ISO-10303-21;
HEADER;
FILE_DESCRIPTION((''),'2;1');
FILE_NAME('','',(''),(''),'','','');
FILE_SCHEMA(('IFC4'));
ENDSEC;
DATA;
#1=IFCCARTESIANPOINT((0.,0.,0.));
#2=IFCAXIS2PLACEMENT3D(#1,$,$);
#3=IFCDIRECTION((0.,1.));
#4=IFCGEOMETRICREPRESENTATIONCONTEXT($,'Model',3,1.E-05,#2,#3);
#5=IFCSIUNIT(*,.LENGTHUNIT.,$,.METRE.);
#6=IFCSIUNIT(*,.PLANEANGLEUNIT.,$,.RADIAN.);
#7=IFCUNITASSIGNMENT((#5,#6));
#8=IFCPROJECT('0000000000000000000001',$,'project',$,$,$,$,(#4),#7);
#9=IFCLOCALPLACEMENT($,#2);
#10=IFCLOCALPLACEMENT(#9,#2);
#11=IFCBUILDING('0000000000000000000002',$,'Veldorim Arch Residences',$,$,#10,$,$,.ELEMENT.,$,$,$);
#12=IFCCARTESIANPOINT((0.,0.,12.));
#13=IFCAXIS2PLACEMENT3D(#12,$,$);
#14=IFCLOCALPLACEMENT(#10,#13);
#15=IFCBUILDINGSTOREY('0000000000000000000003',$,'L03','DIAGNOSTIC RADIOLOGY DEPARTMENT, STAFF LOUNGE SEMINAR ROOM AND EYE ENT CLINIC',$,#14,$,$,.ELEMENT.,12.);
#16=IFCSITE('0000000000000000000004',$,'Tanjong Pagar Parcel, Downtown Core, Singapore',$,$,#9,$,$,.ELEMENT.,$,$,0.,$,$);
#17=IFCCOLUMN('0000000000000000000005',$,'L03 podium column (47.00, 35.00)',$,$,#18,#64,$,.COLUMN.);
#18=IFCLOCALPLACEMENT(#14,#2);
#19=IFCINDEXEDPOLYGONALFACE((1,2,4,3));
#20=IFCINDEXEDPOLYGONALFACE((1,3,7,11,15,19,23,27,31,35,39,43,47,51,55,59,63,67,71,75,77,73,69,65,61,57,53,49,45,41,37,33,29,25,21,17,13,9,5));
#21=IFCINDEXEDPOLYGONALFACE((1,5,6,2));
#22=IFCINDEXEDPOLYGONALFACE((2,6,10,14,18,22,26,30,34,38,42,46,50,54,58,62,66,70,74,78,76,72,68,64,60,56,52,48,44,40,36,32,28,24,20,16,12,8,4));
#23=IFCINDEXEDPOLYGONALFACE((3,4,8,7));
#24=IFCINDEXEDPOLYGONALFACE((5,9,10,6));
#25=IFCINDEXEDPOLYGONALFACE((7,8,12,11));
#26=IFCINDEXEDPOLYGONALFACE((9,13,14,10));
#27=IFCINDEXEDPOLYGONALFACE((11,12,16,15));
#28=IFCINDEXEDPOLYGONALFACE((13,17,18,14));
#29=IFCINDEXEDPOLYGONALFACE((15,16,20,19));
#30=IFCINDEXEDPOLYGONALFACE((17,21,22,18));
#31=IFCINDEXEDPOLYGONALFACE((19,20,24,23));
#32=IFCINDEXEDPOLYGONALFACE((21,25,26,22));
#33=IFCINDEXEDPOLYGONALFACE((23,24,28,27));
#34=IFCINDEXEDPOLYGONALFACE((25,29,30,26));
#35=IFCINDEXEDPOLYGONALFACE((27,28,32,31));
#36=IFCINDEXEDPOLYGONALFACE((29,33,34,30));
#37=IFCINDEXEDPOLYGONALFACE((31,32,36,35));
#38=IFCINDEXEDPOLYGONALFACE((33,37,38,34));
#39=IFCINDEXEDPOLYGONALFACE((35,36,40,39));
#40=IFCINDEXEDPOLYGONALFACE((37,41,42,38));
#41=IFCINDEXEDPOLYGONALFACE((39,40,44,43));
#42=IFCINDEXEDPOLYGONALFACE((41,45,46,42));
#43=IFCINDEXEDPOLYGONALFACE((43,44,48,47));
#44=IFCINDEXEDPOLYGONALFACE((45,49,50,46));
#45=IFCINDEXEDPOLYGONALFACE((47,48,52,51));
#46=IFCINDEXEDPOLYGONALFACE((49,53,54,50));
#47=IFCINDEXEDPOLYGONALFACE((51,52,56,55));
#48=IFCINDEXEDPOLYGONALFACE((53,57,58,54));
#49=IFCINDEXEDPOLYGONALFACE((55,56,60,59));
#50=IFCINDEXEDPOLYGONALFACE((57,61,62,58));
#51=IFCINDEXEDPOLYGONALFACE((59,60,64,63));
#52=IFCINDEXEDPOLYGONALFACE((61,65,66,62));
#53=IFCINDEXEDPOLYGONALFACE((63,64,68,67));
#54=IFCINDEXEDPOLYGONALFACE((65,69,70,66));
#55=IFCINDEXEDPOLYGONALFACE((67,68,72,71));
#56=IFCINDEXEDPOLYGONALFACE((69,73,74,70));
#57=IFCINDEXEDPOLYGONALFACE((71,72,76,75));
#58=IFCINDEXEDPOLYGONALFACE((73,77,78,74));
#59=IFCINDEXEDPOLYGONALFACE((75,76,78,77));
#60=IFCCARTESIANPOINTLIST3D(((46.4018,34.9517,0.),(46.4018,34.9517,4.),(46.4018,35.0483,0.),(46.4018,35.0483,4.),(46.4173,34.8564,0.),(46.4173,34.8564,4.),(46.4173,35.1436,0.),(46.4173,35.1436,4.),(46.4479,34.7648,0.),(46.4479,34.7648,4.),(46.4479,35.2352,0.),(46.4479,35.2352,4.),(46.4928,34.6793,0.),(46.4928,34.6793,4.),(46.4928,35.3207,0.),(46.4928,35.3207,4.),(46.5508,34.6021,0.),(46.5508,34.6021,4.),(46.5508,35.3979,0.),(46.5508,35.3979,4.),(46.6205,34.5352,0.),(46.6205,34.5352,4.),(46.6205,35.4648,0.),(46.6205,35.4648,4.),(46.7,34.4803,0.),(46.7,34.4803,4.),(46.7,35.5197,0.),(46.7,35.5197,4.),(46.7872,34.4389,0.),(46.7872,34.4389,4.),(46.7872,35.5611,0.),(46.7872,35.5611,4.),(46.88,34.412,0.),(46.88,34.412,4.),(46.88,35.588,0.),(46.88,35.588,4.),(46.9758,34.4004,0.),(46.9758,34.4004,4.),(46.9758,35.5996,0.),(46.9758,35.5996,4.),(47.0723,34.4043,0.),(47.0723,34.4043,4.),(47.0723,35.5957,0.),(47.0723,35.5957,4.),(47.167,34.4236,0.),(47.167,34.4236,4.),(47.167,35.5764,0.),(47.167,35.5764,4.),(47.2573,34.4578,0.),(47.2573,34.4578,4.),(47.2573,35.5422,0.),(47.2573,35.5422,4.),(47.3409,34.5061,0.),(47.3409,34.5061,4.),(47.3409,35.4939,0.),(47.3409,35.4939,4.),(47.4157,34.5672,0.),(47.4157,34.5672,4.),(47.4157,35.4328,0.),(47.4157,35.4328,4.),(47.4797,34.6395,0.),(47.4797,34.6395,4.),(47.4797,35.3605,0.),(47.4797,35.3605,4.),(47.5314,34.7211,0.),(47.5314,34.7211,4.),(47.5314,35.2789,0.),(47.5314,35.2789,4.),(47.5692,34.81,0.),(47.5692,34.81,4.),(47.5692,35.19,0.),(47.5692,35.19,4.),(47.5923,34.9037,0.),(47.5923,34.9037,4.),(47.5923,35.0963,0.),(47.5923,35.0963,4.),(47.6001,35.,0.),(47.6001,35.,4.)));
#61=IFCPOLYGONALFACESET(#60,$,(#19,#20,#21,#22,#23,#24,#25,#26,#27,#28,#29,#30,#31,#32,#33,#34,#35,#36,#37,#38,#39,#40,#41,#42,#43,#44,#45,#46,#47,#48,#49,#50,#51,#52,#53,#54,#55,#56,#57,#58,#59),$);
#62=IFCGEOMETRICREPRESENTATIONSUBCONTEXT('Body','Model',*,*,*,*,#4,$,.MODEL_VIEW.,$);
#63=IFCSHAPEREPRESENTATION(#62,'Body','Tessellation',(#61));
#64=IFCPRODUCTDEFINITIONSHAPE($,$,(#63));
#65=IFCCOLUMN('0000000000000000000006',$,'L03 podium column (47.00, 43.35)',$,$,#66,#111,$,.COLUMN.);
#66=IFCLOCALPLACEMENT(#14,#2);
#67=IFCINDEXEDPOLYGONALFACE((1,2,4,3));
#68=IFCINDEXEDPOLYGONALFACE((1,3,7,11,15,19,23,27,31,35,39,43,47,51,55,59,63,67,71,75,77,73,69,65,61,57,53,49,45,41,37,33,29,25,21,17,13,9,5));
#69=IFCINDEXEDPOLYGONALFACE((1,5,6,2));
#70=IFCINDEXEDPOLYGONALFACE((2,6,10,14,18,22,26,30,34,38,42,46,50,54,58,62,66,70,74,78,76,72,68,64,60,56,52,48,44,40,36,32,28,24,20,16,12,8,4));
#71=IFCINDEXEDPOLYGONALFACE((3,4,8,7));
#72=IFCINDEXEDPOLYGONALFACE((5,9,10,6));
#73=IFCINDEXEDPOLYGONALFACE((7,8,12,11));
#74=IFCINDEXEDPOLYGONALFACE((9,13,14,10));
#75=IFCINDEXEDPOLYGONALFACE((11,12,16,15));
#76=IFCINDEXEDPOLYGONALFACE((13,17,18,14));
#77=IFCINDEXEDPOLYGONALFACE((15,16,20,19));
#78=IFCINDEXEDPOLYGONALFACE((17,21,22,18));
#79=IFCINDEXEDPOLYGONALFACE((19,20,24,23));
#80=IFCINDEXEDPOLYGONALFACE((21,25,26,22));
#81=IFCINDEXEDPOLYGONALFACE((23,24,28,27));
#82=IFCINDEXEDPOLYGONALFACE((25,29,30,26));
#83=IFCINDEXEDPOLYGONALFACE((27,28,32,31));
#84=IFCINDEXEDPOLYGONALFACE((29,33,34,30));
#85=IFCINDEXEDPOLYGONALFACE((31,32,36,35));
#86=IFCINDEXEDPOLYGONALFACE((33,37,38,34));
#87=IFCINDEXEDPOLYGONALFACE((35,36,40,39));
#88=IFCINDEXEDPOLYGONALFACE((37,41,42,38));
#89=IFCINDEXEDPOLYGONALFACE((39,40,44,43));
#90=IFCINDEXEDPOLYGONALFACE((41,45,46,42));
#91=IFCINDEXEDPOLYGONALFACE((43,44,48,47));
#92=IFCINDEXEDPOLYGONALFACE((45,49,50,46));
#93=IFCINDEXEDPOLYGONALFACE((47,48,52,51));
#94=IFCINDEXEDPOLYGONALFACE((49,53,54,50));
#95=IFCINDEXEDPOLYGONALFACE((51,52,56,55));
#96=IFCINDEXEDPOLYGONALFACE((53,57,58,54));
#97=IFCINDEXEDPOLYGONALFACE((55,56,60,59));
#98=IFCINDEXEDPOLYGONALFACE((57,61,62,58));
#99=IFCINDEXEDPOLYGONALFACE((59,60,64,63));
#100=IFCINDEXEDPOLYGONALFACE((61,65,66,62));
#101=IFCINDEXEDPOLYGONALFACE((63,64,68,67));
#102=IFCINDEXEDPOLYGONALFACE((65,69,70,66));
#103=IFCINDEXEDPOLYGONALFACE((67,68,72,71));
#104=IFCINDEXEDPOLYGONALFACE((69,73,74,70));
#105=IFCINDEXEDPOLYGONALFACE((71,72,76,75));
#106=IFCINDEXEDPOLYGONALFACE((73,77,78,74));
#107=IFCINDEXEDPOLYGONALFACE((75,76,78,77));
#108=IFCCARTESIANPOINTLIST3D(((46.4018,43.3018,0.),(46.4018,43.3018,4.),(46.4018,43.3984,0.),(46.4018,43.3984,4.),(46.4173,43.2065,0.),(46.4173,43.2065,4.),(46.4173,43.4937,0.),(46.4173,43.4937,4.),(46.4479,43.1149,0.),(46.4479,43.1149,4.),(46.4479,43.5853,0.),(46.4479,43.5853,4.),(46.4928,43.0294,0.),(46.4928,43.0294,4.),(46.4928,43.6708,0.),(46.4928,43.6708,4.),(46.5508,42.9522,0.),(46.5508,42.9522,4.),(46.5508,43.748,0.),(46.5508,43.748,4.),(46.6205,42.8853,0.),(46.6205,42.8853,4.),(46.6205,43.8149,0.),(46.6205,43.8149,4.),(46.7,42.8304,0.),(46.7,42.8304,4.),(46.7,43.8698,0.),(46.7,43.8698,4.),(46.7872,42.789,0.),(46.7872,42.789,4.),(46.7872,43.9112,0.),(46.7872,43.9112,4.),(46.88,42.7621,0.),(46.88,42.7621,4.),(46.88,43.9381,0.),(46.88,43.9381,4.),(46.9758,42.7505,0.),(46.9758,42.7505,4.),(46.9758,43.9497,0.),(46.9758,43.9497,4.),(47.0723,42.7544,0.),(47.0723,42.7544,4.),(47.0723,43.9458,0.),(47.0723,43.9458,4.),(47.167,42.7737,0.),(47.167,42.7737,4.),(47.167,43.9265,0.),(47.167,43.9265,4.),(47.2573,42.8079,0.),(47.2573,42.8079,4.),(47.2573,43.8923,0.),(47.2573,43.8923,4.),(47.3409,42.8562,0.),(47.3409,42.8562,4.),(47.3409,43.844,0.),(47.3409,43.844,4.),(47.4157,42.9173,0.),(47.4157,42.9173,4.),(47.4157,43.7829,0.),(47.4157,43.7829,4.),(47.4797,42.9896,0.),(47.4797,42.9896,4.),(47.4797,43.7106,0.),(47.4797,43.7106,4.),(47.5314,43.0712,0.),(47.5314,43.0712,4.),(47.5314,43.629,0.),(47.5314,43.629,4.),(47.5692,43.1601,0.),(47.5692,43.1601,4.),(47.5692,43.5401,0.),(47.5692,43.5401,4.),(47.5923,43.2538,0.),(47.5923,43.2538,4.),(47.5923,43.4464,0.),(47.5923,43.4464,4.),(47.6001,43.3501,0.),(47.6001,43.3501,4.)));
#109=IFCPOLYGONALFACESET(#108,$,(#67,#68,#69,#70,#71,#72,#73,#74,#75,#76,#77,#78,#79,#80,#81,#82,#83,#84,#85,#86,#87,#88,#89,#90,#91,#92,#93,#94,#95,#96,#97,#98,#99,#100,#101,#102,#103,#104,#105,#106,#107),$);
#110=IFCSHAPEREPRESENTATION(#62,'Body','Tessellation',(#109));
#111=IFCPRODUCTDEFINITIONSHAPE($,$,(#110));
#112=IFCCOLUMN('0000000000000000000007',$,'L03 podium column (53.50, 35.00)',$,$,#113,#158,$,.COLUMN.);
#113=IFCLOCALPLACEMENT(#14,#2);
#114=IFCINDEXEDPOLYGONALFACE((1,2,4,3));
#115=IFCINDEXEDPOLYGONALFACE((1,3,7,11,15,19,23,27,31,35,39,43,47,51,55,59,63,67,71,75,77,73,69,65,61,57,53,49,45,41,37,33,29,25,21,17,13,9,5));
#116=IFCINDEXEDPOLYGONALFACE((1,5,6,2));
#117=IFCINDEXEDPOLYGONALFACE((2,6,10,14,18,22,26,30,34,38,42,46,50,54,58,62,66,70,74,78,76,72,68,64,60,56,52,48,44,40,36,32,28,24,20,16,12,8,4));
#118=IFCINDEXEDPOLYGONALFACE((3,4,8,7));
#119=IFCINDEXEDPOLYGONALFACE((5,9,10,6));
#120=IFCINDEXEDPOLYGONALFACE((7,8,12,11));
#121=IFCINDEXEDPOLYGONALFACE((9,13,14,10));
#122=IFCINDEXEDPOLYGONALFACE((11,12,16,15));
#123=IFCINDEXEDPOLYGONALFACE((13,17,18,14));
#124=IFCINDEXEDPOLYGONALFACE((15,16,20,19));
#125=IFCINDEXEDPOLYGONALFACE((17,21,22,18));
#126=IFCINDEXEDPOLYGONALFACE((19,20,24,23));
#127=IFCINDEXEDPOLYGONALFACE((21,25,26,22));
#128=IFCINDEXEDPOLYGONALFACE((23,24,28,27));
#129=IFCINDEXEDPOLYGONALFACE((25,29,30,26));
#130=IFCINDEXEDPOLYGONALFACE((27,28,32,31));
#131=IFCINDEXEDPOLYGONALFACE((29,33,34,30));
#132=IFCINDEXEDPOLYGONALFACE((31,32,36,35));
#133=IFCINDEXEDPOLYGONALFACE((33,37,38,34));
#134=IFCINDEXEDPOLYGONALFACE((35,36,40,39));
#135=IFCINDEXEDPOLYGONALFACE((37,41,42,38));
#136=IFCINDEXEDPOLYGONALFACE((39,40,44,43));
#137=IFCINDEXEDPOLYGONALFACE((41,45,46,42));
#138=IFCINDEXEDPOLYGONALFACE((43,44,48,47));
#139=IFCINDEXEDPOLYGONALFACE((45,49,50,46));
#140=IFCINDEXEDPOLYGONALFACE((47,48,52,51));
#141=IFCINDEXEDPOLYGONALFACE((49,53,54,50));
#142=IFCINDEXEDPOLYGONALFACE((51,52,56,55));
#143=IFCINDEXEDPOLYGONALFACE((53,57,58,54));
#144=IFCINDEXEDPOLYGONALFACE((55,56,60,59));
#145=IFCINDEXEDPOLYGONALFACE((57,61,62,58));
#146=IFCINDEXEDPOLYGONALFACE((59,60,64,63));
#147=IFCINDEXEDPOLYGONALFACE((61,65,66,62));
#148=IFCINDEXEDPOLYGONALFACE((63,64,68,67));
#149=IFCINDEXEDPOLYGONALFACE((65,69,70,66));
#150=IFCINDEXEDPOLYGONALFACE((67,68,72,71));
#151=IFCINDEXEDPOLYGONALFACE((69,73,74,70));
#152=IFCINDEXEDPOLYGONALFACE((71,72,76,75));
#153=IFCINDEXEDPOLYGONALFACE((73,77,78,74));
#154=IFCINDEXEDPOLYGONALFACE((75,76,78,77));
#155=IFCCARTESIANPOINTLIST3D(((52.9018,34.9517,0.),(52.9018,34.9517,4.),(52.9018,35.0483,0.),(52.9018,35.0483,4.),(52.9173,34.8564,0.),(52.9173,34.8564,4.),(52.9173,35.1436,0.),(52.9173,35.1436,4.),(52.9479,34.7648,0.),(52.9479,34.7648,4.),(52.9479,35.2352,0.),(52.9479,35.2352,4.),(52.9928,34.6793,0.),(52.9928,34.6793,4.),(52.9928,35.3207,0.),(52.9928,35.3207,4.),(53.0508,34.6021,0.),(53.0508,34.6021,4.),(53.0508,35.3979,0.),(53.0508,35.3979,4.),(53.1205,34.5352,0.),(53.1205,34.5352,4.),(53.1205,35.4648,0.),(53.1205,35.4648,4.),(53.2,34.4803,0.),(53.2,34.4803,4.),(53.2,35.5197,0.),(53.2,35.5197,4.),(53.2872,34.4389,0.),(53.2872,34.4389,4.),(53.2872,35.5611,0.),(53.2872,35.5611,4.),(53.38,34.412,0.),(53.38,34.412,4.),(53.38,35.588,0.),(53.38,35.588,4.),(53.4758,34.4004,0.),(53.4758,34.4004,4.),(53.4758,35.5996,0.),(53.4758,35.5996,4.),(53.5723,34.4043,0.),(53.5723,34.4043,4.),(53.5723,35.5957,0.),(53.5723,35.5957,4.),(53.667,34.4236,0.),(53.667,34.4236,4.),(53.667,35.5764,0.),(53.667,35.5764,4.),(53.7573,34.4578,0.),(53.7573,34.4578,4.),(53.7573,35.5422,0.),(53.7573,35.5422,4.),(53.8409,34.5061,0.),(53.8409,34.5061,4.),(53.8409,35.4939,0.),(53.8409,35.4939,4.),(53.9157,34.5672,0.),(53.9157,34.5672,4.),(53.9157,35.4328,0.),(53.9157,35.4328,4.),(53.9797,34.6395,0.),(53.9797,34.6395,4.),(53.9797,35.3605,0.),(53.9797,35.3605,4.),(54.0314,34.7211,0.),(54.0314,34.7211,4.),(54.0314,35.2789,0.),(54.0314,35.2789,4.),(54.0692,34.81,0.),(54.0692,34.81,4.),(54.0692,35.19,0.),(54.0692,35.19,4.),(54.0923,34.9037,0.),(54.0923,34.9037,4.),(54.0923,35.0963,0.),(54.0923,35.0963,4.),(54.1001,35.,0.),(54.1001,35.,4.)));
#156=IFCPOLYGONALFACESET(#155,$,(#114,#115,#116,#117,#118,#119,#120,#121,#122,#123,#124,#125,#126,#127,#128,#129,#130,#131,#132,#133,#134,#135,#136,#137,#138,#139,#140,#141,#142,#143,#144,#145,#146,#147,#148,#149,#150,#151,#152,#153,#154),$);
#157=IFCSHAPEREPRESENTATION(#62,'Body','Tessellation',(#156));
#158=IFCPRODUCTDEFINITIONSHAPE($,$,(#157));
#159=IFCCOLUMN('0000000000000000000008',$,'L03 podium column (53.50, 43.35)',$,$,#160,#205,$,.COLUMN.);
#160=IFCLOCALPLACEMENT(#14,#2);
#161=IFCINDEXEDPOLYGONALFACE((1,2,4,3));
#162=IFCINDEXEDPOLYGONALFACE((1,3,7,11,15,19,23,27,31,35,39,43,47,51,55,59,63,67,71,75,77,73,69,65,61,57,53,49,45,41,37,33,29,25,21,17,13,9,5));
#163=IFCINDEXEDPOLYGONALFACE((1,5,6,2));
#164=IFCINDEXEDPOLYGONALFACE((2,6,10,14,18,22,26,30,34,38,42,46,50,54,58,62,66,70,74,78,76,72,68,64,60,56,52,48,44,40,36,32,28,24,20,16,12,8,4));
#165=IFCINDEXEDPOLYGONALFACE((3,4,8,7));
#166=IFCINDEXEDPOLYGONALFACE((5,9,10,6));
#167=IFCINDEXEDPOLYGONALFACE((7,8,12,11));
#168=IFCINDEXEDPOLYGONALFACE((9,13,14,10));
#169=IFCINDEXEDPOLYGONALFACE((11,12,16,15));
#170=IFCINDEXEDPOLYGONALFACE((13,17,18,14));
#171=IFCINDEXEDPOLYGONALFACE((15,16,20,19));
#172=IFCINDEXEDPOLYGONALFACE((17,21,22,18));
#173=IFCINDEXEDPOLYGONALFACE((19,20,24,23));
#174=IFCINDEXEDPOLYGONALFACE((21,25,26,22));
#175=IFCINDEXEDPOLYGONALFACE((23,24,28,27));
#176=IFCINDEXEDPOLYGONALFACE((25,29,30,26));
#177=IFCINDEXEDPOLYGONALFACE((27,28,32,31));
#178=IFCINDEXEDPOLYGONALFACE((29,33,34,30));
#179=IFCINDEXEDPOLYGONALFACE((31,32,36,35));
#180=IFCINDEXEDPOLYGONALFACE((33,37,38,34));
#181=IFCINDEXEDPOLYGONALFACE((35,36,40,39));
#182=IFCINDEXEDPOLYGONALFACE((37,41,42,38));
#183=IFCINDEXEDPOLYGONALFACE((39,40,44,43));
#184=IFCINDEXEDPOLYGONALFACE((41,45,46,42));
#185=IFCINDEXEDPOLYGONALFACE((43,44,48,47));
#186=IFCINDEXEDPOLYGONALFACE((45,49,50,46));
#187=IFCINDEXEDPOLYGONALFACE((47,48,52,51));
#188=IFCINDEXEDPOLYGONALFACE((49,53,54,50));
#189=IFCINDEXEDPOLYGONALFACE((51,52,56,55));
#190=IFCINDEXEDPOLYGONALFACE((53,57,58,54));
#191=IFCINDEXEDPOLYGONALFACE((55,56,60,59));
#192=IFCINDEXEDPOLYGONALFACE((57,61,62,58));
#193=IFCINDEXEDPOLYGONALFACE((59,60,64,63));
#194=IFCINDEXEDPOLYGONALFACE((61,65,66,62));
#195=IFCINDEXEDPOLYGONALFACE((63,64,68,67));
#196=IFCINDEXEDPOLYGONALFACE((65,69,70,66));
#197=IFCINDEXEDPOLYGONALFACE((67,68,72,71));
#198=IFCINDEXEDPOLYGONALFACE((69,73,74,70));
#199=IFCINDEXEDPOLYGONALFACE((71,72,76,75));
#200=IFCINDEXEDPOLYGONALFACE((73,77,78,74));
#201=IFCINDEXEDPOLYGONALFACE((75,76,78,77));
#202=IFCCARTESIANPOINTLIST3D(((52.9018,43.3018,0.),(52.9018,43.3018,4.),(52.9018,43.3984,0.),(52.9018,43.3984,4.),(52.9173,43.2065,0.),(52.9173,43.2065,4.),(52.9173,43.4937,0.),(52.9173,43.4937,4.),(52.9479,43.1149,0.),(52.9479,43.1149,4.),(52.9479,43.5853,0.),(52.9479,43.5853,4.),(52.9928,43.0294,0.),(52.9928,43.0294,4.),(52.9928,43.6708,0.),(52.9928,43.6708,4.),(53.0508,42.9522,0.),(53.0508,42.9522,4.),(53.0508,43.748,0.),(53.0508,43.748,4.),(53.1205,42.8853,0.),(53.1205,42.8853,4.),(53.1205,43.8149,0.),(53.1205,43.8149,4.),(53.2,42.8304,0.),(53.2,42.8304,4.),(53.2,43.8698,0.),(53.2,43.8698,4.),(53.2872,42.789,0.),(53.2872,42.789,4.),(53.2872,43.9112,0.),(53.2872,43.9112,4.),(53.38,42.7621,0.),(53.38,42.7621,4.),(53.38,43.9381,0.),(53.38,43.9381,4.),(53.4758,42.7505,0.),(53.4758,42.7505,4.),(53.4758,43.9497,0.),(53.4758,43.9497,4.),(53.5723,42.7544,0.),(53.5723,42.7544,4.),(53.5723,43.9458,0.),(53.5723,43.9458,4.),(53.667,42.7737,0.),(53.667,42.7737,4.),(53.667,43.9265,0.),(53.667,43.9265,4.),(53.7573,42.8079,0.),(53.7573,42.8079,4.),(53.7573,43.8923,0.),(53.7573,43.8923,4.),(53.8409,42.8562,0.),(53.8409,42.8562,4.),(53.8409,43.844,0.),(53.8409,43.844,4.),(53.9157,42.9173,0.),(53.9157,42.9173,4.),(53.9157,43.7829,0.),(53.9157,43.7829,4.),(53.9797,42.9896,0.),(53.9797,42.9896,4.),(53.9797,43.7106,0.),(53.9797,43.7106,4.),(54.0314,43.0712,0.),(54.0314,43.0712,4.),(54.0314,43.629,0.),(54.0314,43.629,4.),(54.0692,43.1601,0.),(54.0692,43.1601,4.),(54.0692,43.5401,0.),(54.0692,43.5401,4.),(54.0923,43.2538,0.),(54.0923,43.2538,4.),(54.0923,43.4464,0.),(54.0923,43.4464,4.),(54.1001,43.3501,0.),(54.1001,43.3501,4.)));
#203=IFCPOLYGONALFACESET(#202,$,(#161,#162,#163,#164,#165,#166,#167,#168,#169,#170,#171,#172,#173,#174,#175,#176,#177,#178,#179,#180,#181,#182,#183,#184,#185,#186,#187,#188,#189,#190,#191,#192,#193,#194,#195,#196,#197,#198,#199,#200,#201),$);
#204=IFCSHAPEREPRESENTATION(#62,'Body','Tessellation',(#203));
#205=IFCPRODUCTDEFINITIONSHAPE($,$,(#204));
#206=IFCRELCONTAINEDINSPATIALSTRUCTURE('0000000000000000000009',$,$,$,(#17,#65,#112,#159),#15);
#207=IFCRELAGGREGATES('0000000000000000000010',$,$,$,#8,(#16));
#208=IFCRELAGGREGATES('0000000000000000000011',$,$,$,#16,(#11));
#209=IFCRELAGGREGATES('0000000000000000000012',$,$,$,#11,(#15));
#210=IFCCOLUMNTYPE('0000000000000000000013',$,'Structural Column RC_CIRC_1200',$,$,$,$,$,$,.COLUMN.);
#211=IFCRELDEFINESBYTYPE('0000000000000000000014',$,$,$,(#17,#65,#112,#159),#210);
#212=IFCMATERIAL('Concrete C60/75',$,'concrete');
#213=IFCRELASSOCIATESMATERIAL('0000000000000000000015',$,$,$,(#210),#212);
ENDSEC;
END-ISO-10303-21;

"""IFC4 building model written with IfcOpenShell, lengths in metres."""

from ifc_helpers import new_model, si_unit, direction, frame, origin, origin_2d, place, context, subcontext, project, spatial, circle, extrude, material, material_profile, profile_set, type_object, element, save


model = new_model("IFC4")

# Units and contexts
model_context = context("Model", 3, precision=1e-05, world=origin(), true_north=direction((0.0, 1.0)))
body_context = subcontext(model_context, "Body", "Model", "MODEL_VIEW")
ifc_project = project(units=[si_unit("LENGTHUNIT", "METRE"), si_unit("PLANEANGLEUNIT", "RADIAN")], contexts=[model_context])

# Site, building, storey
site_placement = place(None, origin())
site = spatial("IfcSite", under=ifc_project, at=site_placement, Name="Tanjong Pagar Parcel, Downtown Core, Singapore", CompositionType="ELEMENT", RefElevation=0.0)
building_placement = place(site_placement, origin())
building = spatial("IfcBuilding", under=site, at=building_placement, Name="Veldorim Arch Residences", CompositionType="ELEMENT")
storey_placement = place(building_placement, frame((0.0, 0.0, 12.0)))
storey = spatial("IfcBuildingStorey", under=building, at=storey_placement, Name="L03", Description="DIAGNOSTIC RADIOLOGY DEPARTMENT, STAFF LOUNGE SEMINAR ROOM AND EYE ENT CLINIC", CompositionType="ELEMENT", Elevation=12.0)

# Columns
ifc_material_1 = material(Name="Concrete C60/75", Category="concrete")
ifc_material_profile_1 = material_profile(ifc_material_1, circle(Radius=0.6001, at=origin_2d()), Name="RC_CIRC_1200")
ifc_profile_set_1 = profile_set([ifc_material_profile_1], Name="Concrete C60/75")
column_type_1 = type_object("IfcColumnType", Name="Structural Column RC_CIRC_1200", PredefinedType="COLUMN", material=ifc_profile_set_1)
for number, where, z_axis, x_axis, name in (
    (1, (47.0, 35.0, 0.0), (0.0, 0.0, 1.0), (1.0, 0.0, 0.0), "L03 podium column (47.00, 35.00)"),
    (2, (47.0, 43.3501, 0.0), (0.0, 0.0, 1.0), (1.0, 0.0, 0.0), "L03 podium column (47.00, 43.35)"),
    (3, (53.5, 35.0, 0.0), (0.0, 0.0, 1.0), (1.0, 0.0, 0.0), "L03 podium column (53.50, 35.00)"),
    (4, (53.5, 43.3501, 0.0), (0.0, 0.0, 1.0), (1.0, 0.0, 0.0), "L03 podium column (53.50, 43.35)"),
):
    element("IfcColumn", number, at=place(storey_placement, frame(where, z_axis=z_axis, x_axis=x_axis)), inside=storey, type_object=column_type_1, Name=name, PredefinedType="COLUMN", context=body_context, shape_type="SweptSolid", body=[
        extrude(circle(Radius=0.6001, at=origin_2d()), origin(), (0.0, 0.0, 1.0), 4.0),
    ])

save(model, "model.ifc")
